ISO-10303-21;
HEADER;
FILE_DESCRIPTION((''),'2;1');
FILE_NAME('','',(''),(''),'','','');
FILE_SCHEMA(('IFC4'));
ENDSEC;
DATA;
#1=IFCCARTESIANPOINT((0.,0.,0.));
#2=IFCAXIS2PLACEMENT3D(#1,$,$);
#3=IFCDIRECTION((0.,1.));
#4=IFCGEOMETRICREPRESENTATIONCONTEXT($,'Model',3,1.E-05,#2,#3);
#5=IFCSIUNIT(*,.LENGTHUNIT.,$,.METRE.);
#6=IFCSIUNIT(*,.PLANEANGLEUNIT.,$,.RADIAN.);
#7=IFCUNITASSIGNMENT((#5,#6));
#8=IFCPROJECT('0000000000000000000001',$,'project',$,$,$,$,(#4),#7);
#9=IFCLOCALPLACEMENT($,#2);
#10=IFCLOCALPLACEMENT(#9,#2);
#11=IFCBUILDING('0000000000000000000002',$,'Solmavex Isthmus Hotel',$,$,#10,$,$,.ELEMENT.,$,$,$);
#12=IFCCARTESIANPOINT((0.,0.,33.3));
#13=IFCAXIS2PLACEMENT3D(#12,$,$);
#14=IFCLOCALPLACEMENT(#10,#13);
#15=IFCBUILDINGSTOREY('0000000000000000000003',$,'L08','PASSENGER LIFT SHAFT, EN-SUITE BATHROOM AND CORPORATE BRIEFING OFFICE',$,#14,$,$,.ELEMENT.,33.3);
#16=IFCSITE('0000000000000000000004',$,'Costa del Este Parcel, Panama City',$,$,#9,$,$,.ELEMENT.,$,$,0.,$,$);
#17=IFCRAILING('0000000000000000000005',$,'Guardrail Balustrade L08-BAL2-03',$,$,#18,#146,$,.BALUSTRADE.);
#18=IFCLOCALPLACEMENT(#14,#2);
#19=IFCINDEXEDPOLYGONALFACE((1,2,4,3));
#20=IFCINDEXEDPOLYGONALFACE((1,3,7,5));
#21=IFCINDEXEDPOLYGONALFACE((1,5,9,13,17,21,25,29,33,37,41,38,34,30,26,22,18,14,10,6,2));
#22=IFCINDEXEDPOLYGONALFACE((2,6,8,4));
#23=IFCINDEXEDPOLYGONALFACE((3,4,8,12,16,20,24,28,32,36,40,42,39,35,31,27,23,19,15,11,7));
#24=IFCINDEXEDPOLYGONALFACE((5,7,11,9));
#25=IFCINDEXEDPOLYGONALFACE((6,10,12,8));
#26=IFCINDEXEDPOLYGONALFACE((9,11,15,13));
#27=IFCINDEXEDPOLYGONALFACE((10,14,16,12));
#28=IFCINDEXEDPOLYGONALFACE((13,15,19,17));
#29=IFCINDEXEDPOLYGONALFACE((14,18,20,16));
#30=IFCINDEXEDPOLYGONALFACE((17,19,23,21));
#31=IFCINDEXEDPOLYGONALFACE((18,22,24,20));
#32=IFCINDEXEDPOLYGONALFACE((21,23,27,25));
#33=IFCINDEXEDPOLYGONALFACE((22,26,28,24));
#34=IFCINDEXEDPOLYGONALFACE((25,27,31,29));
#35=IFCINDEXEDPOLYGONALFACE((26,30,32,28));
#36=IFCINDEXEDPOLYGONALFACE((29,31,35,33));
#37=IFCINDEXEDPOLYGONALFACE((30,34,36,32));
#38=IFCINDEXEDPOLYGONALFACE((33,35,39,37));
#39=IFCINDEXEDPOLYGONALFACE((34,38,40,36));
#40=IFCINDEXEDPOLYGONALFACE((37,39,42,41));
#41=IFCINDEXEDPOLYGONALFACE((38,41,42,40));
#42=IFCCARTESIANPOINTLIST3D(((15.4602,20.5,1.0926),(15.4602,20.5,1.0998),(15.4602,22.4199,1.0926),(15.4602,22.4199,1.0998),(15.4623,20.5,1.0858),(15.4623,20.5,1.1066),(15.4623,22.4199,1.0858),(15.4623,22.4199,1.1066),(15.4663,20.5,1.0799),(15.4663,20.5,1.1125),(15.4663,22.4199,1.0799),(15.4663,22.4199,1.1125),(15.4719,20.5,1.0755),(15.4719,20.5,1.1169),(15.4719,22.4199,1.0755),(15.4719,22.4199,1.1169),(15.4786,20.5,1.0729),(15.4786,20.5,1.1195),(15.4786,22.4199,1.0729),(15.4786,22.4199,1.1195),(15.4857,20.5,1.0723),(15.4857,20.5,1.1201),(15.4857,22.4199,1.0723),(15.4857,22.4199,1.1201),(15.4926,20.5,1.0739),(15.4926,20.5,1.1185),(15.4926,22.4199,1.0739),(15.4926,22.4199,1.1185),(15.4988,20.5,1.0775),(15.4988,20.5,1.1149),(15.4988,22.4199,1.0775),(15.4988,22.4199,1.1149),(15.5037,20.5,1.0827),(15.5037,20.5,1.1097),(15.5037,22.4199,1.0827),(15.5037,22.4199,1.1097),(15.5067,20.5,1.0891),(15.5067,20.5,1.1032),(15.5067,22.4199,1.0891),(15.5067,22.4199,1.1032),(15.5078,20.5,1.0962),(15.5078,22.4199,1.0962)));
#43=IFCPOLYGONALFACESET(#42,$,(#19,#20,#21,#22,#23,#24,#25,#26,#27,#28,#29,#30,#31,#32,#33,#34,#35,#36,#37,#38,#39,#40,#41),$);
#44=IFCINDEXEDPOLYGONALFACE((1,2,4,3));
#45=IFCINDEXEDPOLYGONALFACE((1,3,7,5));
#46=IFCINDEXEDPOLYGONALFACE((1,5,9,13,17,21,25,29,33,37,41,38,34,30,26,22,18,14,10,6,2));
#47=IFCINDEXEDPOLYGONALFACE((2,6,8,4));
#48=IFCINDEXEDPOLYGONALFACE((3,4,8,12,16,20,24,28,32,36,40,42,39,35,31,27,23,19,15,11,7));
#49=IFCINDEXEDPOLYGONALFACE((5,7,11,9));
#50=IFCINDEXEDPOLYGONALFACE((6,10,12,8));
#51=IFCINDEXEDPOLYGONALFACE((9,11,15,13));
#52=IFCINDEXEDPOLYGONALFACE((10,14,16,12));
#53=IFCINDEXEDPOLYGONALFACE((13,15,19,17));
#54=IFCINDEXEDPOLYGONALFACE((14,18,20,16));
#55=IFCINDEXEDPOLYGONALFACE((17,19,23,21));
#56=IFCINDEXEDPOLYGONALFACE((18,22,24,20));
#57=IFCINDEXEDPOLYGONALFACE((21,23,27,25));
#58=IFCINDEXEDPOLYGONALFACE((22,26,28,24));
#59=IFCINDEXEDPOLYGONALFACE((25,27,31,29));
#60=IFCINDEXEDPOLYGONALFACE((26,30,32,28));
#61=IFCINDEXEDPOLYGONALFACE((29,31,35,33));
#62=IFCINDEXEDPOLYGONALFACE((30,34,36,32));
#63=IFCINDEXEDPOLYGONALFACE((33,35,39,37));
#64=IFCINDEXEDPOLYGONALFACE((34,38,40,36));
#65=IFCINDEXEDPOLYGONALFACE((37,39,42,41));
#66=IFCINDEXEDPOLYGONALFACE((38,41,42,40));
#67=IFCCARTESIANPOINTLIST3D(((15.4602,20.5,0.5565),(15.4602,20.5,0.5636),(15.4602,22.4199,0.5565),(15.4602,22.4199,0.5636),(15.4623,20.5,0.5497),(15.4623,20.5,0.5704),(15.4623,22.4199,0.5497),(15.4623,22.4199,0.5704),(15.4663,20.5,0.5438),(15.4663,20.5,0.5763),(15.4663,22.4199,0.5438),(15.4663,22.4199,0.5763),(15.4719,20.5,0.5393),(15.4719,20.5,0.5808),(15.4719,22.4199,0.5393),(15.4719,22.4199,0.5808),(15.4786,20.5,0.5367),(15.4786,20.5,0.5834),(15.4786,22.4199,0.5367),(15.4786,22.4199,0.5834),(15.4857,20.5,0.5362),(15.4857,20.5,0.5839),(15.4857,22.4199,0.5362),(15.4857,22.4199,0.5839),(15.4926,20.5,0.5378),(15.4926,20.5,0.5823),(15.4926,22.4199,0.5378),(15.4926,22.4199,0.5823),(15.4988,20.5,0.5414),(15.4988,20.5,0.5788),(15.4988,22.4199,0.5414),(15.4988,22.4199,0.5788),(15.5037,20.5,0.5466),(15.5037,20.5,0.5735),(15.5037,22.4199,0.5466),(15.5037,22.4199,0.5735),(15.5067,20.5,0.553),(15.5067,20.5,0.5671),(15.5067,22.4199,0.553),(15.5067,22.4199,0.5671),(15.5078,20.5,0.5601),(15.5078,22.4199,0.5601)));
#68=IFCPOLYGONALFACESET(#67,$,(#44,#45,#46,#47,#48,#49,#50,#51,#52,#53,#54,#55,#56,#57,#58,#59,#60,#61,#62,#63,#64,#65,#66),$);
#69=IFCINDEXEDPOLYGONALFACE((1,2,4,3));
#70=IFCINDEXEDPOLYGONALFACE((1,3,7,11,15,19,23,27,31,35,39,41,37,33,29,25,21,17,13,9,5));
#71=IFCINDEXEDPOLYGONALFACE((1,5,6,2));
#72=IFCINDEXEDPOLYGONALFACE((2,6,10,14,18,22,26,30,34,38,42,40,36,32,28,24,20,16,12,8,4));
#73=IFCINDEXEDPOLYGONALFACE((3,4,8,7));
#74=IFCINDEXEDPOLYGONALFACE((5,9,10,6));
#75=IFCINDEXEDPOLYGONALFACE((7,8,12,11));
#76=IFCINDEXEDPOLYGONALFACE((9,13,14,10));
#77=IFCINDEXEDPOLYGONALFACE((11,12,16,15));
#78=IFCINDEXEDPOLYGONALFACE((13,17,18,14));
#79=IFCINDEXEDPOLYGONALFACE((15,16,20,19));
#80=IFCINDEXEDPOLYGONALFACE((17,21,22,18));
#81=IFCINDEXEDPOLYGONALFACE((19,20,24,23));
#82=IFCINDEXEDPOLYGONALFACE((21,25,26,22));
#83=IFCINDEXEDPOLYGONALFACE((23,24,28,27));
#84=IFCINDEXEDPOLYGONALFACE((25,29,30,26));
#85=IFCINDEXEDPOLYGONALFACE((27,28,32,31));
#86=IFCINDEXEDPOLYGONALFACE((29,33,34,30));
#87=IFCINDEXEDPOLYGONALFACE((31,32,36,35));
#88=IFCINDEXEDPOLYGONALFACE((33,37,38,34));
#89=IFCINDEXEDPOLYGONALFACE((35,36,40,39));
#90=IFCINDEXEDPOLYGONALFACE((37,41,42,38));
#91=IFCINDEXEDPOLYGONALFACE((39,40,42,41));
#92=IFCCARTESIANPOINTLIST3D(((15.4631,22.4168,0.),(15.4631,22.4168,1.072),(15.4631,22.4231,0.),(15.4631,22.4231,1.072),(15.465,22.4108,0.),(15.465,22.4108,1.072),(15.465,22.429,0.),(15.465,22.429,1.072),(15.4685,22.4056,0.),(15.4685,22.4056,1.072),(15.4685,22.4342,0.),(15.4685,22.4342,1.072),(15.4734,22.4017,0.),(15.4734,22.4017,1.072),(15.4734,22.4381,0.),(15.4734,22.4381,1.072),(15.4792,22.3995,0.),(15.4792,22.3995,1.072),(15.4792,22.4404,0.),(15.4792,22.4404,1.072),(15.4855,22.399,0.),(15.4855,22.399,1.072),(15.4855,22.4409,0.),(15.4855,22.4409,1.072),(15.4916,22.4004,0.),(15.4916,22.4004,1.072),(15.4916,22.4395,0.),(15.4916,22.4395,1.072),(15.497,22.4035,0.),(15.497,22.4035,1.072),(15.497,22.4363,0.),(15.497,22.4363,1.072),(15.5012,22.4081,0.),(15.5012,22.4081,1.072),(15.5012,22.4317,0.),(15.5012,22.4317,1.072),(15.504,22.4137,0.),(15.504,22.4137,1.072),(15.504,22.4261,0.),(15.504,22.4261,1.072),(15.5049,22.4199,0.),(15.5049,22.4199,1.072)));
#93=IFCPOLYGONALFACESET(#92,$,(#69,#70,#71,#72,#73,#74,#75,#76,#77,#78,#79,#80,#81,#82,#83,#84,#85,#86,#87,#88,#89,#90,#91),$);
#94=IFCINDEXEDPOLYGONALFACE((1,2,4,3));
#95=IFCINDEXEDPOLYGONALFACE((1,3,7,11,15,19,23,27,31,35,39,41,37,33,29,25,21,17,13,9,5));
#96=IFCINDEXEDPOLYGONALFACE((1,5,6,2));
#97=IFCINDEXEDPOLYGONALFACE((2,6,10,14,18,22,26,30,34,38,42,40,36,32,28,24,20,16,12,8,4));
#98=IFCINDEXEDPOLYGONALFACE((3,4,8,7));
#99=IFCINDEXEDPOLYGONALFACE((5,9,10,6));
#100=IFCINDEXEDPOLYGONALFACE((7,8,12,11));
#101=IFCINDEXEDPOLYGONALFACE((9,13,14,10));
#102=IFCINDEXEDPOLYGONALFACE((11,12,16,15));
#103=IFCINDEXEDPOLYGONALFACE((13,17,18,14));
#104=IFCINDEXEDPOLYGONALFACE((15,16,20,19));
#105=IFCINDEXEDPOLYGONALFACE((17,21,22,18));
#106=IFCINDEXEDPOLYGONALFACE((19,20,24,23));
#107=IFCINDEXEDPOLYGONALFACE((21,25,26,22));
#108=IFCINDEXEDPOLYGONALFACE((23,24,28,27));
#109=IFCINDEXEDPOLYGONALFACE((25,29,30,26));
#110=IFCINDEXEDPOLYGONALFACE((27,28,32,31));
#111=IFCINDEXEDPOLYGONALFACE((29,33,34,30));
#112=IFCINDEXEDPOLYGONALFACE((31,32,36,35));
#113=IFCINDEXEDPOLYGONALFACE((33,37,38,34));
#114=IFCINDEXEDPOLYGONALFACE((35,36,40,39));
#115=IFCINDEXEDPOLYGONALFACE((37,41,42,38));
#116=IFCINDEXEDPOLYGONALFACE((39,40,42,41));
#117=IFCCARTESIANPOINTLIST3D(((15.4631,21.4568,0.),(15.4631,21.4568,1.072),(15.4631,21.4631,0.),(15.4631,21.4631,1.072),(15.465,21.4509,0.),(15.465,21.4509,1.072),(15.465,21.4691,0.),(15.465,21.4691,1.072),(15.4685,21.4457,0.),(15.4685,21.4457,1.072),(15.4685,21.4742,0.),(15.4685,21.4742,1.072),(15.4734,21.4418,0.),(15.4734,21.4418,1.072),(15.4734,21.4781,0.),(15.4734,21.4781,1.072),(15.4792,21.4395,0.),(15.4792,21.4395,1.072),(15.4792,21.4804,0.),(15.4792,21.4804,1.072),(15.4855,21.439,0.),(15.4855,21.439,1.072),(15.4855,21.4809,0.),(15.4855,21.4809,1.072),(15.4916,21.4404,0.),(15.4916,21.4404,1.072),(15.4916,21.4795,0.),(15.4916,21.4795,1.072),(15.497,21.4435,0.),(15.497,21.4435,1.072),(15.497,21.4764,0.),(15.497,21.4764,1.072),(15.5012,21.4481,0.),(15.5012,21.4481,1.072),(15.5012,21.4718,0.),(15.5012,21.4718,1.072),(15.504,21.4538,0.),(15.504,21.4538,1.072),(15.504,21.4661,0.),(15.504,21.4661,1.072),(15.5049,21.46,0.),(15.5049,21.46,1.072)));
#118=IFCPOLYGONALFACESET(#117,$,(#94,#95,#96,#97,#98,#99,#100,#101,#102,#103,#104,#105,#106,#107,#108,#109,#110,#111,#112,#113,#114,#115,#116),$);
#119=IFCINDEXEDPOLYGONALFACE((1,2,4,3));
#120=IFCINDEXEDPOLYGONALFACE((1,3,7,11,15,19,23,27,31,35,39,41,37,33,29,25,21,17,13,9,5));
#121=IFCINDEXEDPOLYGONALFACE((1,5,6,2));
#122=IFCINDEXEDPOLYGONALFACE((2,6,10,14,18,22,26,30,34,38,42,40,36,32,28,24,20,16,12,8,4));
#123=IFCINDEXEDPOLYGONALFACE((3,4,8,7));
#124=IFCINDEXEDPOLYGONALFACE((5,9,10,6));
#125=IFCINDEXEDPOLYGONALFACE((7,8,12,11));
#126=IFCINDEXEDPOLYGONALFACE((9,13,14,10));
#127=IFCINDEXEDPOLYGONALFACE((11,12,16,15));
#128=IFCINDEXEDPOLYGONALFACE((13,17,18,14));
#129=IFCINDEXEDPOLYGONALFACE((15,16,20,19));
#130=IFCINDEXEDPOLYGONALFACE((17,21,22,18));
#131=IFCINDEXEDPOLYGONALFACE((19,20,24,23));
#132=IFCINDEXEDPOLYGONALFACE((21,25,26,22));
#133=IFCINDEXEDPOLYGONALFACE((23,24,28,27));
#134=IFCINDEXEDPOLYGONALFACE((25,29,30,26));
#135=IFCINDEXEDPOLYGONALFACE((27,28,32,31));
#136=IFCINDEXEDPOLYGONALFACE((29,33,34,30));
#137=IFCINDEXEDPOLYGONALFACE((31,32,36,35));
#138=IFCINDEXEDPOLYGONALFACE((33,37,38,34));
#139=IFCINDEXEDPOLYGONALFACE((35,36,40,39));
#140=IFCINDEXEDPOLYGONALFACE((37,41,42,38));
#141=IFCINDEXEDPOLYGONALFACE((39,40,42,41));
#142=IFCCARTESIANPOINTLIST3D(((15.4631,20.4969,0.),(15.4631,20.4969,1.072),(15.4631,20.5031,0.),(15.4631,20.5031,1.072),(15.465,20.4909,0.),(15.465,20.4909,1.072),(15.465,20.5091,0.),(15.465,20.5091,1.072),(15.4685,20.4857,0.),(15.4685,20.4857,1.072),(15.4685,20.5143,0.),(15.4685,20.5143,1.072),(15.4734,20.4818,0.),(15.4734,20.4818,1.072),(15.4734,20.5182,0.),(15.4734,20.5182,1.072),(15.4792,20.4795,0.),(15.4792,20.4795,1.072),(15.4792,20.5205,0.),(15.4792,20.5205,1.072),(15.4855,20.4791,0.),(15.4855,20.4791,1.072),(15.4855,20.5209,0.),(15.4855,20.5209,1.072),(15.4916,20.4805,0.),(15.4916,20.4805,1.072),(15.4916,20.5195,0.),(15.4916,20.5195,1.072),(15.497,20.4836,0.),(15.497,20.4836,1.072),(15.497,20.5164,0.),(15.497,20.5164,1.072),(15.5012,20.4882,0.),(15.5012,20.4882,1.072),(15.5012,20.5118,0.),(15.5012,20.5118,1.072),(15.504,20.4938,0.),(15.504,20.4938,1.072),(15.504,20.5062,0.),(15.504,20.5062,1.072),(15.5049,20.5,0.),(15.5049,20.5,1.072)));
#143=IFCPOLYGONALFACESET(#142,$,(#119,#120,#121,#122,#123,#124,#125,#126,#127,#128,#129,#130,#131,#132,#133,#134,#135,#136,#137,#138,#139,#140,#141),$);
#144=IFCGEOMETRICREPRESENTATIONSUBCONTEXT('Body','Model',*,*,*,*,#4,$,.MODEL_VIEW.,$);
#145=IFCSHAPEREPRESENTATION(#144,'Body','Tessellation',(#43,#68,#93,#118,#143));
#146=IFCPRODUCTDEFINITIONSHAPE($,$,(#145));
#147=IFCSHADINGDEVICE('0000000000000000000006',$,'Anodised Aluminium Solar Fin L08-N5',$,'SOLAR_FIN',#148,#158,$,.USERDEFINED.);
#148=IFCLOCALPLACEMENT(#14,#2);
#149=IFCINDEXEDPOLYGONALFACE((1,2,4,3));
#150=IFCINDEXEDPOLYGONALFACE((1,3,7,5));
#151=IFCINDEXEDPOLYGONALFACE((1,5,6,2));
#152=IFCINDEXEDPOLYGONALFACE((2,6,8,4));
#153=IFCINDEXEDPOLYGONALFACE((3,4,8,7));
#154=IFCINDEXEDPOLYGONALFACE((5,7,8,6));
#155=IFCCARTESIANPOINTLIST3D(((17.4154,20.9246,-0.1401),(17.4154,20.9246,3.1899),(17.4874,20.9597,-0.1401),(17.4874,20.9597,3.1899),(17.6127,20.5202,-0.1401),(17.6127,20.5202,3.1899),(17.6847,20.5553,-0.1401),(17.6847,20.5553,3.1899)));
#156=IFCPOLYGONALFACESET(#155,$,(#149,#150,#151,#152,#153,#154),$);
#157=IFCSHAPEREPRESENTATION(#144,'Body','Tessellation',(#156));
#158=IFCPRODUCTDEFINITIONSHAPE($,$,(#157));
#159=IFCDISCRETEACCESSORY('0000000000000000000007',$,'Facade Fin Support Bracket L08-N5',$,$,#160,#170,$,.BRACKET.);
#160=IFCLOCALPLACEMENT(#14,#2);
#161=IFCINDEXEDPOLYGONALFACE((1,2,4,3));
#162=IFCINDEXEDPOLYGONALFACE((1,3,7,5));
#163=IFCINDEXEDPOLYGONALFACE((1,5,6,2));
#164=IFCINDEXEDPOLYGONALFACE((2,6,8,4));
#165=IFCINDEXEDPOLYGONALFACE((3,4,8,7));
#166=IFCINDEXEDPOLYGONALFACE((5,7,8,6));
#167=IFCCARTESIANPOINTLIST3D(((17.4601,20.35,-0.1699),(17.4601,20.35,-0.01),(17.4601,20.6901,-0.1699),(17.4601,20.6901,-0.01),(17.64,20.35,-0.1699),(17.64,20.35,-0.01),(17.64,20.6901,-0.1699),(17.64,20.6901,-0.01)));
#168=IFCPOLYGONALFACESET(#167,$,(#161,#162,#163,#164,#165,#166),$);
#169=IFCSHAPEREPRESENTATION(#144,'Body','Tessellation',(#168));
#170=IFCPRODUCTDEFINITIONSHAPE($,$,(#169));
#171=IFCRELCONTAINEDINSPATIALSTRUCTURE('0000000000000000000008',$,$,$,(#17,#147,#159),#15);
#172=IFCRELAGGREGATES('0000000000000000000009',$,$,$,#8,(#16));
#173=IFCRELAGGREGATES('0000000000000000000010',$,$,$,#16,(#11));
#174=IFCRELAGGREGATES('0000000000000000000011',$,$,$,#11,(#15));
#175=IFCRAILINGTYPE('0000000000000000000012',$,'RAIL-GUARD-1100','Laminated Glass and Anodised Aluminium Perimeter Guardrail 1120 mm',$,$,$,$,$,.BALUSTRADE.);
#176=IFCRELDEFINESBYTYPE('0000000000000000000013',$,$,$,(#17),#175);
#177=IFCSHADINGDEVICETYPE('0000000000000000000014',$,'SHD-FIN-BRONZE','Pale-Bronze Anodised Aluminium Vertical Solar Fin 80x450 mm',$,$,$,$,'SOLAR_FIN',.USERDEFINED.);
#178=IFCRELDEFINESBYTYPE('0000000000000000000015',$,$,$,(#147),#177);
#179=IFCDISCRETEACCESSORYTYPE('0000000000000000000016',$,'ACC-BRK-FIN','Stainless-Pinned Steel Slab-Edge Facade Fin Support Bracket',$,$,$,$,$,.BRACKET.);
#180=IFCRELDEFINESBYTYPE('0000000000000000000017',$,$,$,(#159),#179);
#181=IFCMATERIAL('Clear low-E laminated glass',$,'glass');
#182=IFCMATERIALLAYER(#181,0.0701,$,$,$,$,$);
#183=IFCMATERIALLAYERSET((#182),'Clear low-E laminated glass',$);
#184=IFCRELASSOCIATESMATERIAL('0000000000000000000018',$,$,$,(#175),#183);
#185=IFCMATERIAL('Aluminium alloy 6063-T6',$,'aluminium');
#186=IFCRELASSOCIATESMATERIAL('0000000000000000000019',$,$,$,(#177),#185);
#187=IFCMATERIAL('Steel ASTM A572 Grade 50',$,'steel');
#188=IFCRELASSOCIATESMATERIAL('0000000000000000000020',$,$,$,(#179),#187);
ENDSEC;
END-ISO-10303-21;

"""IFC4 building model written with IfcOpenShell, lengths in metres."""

from ifc_helpers import new_model, si_unit, direction, frame, origin, origin_2d, place, context, subcontext, project, spatial, rectangle, circle, extrude, material, layer, layer_set, type_object, element, save


model = new_model("IFC4")

# Units and contexts
model_context = context("Model", 3, precision=1e-05, world=origin(), true_north=direction((0.0, 1.0)))
body_context = subcontext(model_context, "Body", "Model", "MODEL_VIEW")
ifc_project = project(units=[si_unit("LENGTHUNIT", "METRE"), si_unit("PLANEANGLEUNIT", "RADIAN")], contexts=[model_context])

# Site, building, storey
site_placement = place(None, origin())
site = spatial("IfcSite", under=ifc_project, at=site_placement, Name="Costa del Este Parcel, Panama City", CompositionType="ELEMENT", RefElevation=0.0)
building_placement = place(site_placement, origin())
building = spatial("IfcBuilding", under=site, at=building_placement, Name="Solmavex Isthmus Hotel", CompositionType="ELEMENT")
storey_placement = place(building_placement, frame((0.0, 0.0, 33.3)))
storey = spatial("IfcBuildingStorey", under=building, at=storey_placement, Name="L08", Description="PASSENGER LIFT SHAFT, EN-SUITE BATHROOM AND CORPORATE BRIEFING OFFICE", CompositionType="ELEMENT", Elevation=33.3)

# Shared definitions
ifc_material_1 = material(Name="Aluminium alloy 6063-T6", Category="aluminium")

# Shared definitions
ifc_material_2 = material(Name="Clear low-E laminated glass", Category="glass")

# Railing
ifc_layer_1 = layer(ifc_material_2, 0.0701)
ifc_layer_set_1 = layer_set([ifc_layer_1], Name="Clear low-E laminated glass")
railing_type = type_object("IfcRailingType", Name="RAIL-GUARD-1100", Description="Laminated Glass and Anodised Aluminium Perimeter Guardrail 1120 mm", PredefinedType="BALUSTRADE", material=ifc_layer_set_1)
railing_placement = place(storey_placement, frame((15.4839, 22.4199, 0.0)))
element("IfcRailing", 1, at=railing_placement, inside=storey, type_object=railing_type, Name="Guardrail Balustrade L08-BAL2-03", PredefinedType="BALUSTRADE", context=body_context, shape_type="SweptSolid", body=[
    extrude(circle(Radius=0.0239, at=origin_2d()), frame((0.0, 0.0, 1.0962), z_axis=(0.0, -1.0, 0.0), x_axis=(1.0, 0.0, 0.0)), (0.0, 0.0, 1.0), 1.9199),
    extrude(circle(Radius=0.0239, at=origin_2d()), frame((0.0, 0.0, 0.5601), z_axis=(0.0, -1.0, 0.0), x_axis=(1.0, 0.0, 0.0)), (0.0, 0.0, 1.0), 1.9199),
    extrude(circle(Radius=0.021, at=origin_2d()), origin(), (0.0, 0.0, 1.0), 1.072),
    extrude(circle(Radius=0.021, at=origin_2d()), frame((0.0, -0.96, 0.0)), (0.0, 0.0, 1.0), 1.072),
    extrude(circle(Radius=0.021, at=origin_2d()), frame((0.0, -1.9199, 0.0)), (0.0, 0.0, 1.0), 1.072),
])

# Shading device
shading_device_type = type_object("IfcShadingDeviceType", Name="SHD-FIN-BRONZE", Description="Pale-Bronze Anodised Aluminium Vertical Solar Fin 80x450 mm", ElementType="SOLAR_FIN", PredefinedType="USERDEFINED", material=ifc_material_1)
shading_device_placement = place(storey_placement, frame((17.55, 20.74, -0.1401), z_axis=(0.0, 0.0, 1.0), x_axis=(-0.438371, 0.898794, 0.0)))
element("IfcShadingDevice", 2, at=shading_device_placement, inside=storey, type_object=shading_device_type, Name="Anodised Aluminium Solar Fin L08-N5", ObjectType="SOLAR_FIN", PredefinedType="USERDEFINED", context=body_context, shape_type="SweptSolid", body=[
    extrude(rectangle(XDim=0.45, YDim=0.0801, at=origin_2d()), origin(), (0.0, 0.0, 1.0), 3.3301),
])

# Discrete accessory
ifc_material_3 = material(Name="Steel ASTM A572 Grade 50", Category="steel")
discrete_accessory_type = type_object("IfcDiscreteAccessoryType", Name="ACC-BRK-FIN", Description="Stainless-Pinned Steel Slab-Edge Facade Fin Support Bracket", PredefinedType="BRACKET", material=ifc_material_3)
discrete_accessory_placement = place(storey_placement, frame((17.55, 20.52, -0.1699), z_axis=(0.0, 0.0, 1.0), x_axis=(0.0, 1.0, 0.0)))
element("IfcDiscreteAccessory", 3, at=discrete_accessory_placement, inside=storey, type_object=discrete_accessory_type, Name="Facade Fin Support Bracket L08-N5", PredefinedType="BRACKET", context=body_context, shape_type="SweptSolid", body=[
    extrude(rectangle(XDim=0.3401, YDim=0.1799, at=origin_2d()), origin(), (0.0, 0.0, 1.0), 0.1599),
])

save(model, "model.ifc")
